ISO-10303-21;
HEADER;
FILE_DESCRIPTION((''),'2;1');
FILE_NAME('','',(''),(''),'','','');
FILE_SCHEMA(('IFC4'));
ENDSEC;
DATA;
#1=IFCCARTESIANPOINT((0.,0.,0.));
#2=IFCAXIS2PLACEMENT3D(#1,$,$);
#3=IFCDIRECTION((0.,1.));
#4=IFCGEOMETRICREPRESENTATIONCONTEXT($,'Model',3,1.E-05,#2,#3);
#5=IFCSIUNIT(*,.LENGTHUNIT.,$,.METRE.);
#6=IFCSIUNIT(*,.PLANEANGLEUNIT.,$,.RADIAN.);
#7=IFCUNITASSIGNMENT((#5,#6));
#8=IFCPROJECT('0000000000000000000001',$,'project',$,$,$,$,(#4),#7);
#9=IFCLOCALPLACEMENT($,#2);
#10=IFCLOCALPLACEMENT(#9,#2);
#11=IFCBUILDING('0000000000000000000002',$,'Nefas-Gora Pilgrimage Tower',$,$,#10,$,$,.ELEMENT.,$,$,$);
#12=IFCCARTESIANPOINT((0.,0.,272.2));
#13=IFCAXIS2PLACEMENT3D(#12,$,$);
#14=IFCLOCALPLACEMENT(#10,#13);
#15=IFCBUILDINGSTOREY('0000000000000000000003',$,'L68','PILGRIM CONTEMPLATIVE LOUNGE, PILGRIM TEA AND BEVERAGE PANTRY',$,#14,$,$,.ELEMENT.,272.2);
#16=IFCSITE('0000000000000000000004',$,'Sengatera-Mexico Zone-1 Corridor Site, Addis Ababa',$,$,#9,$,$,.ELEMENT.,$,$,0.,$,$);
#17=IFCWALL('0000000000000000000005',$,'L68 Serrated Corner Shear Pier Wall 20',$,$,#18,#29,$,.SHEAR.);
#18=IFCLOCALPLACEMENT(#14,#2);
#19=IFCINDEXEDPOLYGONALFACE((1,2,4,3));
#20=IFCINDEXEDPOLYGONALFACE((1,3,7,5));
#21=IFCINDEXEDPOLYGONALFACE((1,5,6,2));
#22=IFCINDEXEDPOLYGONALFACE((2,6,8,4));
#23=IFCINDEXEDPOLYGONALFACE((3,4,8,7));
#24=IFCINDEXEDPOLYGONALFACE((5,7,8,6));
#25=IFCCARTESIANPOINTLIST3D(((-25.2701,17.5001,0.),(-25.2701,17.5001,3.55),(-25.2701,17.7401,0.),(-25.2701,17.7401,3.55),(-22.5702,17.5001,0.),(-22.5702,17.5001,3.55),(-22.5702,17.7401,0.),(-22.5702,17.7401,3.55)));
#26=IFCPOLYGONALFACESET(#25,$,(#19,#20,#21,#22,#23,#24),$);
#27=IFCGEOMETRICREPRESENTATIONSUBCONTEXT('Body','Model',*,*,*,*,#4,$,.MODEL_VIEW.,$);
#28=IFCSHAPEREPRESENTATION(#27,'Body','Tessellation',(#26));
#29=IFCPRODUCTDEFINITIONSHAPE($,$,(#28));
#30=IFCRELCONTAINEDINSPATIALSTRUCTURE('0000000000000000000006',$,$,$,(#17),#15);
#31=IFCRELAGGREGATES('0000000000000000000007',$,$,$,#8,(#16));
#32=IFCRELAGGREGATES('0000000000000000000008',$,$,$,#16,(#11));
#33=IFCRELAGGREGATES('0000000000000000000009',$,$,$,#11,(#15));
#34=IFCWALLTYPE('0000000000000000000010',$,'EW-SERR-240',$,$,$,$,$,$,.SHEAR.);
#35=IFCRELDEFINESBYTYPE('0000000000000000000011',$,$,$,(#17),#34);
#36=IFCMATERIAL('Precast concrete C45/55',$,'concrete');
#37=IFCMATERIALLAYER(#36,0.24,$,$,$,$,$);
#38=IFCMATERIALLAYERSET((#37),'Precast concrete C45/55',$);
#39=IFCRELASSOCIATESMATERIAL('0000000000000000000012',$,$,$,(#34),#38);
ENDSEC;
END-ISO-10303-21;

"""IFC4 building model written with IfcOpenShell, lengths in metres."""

from ifc_helpers import new_model, si_unit, direction, frame, frame_2d, origin, place, context, subcontext, project, spatial, rectangle, extrude, source, transform, mapped, material, layer, layer_set, type_object, element, save


model = new_model("IFC4")

# Units and contexts
model_context = context("Model", 3, precision=1e-05, world=origin(), true_north=direction((0.0, 1.0)))
body_context = subcontext(model_context, "Body", "Model", "MODEL_VIEW")
ifc_project = project(units=[si_unit("LENGTHUNIT", "METRE"), si_unit("PLANEANGLEUNIT", "RADIAN")], contexts=[model_context])

# Site, building, storey
site_placement = place(None, origin())
site = spatial("IfcSite", under=ifc_project, at=site_placement, Name="Sengatera-Mexico Zone-1 Corridor Site, Addis Ababa", CompositionType="ELEMENT", RefElevation=0.0)
building_placement = place(site_placement, origin())
building = spatial("IfcBuilding", under=site, at=building_placement, Name="Nefas-Gora Pilgrimage Tower", CompositionType="ELEMENT")
storey_placement = place(building_placement, frame((0.0, 0.0, 272.2)))
storey = spatial("IfcBuildingStorey", under=building, at=storey_placement, Name="L68", Description="PILGRIM CONTEMPLATIVE LOUNGE, PILGRIM TEA AND BEVERAGE PANTRY", CompositionType="ELEMENT", Elevation=272.2)

# Shared definitions
ifc_material_1 = material(Name="Precast concrete C45/55", Category="concrete")
ifc_layer_1 = layer(ifc_material_1, 0.24)
ifc_layer_set_1 = layer_set([ifc_layer_1], Name="Precast concrete C45/55")
wall_type_1 = type_object("IfcWallType", Name="EW-SERR-240", PredefinedType="SHEAR", material=ifc_layer_set_1)
shared_shape_1 = source(origin(), body_context, "Body", "SweptSolid", [
    extrude(rectangle(XDim=2.7, YDim=0.24, at=frame_2d((1.3501, 0.0))), origin(), (0.0, 0.0, 1.0), 3.55),
])

# Wall
for number, where, z_axis, x_axis, name in (
    (1, (-22.5701, 17.6201, 0.0), (0.0, 0.0, 1.0), (-1.0, 0.0, 0.0), "L68 Serrated Corner Shear Pier Wall 20"),
):
    element("IfcWall", number, at=place(storey_placement, frame(where, z_axis=z_axis, x_axis=x_axis)), inside=storey, type_object=wall_type_1, Name=name, PredefinedType="SHEAR", context=body_context, shape_type="MappedRepresentation", body=[
        mapped(shared_shape_1, transform((0.0, 0.0, 0.0), x_axis=(1.0, 0.0, 0.0), y_axis=(0.0, 1.0, 0.0), z_axis=(0.0, 0.0, 1.0), scale=1.0)),
    ])

save(model, "model.ifc")
